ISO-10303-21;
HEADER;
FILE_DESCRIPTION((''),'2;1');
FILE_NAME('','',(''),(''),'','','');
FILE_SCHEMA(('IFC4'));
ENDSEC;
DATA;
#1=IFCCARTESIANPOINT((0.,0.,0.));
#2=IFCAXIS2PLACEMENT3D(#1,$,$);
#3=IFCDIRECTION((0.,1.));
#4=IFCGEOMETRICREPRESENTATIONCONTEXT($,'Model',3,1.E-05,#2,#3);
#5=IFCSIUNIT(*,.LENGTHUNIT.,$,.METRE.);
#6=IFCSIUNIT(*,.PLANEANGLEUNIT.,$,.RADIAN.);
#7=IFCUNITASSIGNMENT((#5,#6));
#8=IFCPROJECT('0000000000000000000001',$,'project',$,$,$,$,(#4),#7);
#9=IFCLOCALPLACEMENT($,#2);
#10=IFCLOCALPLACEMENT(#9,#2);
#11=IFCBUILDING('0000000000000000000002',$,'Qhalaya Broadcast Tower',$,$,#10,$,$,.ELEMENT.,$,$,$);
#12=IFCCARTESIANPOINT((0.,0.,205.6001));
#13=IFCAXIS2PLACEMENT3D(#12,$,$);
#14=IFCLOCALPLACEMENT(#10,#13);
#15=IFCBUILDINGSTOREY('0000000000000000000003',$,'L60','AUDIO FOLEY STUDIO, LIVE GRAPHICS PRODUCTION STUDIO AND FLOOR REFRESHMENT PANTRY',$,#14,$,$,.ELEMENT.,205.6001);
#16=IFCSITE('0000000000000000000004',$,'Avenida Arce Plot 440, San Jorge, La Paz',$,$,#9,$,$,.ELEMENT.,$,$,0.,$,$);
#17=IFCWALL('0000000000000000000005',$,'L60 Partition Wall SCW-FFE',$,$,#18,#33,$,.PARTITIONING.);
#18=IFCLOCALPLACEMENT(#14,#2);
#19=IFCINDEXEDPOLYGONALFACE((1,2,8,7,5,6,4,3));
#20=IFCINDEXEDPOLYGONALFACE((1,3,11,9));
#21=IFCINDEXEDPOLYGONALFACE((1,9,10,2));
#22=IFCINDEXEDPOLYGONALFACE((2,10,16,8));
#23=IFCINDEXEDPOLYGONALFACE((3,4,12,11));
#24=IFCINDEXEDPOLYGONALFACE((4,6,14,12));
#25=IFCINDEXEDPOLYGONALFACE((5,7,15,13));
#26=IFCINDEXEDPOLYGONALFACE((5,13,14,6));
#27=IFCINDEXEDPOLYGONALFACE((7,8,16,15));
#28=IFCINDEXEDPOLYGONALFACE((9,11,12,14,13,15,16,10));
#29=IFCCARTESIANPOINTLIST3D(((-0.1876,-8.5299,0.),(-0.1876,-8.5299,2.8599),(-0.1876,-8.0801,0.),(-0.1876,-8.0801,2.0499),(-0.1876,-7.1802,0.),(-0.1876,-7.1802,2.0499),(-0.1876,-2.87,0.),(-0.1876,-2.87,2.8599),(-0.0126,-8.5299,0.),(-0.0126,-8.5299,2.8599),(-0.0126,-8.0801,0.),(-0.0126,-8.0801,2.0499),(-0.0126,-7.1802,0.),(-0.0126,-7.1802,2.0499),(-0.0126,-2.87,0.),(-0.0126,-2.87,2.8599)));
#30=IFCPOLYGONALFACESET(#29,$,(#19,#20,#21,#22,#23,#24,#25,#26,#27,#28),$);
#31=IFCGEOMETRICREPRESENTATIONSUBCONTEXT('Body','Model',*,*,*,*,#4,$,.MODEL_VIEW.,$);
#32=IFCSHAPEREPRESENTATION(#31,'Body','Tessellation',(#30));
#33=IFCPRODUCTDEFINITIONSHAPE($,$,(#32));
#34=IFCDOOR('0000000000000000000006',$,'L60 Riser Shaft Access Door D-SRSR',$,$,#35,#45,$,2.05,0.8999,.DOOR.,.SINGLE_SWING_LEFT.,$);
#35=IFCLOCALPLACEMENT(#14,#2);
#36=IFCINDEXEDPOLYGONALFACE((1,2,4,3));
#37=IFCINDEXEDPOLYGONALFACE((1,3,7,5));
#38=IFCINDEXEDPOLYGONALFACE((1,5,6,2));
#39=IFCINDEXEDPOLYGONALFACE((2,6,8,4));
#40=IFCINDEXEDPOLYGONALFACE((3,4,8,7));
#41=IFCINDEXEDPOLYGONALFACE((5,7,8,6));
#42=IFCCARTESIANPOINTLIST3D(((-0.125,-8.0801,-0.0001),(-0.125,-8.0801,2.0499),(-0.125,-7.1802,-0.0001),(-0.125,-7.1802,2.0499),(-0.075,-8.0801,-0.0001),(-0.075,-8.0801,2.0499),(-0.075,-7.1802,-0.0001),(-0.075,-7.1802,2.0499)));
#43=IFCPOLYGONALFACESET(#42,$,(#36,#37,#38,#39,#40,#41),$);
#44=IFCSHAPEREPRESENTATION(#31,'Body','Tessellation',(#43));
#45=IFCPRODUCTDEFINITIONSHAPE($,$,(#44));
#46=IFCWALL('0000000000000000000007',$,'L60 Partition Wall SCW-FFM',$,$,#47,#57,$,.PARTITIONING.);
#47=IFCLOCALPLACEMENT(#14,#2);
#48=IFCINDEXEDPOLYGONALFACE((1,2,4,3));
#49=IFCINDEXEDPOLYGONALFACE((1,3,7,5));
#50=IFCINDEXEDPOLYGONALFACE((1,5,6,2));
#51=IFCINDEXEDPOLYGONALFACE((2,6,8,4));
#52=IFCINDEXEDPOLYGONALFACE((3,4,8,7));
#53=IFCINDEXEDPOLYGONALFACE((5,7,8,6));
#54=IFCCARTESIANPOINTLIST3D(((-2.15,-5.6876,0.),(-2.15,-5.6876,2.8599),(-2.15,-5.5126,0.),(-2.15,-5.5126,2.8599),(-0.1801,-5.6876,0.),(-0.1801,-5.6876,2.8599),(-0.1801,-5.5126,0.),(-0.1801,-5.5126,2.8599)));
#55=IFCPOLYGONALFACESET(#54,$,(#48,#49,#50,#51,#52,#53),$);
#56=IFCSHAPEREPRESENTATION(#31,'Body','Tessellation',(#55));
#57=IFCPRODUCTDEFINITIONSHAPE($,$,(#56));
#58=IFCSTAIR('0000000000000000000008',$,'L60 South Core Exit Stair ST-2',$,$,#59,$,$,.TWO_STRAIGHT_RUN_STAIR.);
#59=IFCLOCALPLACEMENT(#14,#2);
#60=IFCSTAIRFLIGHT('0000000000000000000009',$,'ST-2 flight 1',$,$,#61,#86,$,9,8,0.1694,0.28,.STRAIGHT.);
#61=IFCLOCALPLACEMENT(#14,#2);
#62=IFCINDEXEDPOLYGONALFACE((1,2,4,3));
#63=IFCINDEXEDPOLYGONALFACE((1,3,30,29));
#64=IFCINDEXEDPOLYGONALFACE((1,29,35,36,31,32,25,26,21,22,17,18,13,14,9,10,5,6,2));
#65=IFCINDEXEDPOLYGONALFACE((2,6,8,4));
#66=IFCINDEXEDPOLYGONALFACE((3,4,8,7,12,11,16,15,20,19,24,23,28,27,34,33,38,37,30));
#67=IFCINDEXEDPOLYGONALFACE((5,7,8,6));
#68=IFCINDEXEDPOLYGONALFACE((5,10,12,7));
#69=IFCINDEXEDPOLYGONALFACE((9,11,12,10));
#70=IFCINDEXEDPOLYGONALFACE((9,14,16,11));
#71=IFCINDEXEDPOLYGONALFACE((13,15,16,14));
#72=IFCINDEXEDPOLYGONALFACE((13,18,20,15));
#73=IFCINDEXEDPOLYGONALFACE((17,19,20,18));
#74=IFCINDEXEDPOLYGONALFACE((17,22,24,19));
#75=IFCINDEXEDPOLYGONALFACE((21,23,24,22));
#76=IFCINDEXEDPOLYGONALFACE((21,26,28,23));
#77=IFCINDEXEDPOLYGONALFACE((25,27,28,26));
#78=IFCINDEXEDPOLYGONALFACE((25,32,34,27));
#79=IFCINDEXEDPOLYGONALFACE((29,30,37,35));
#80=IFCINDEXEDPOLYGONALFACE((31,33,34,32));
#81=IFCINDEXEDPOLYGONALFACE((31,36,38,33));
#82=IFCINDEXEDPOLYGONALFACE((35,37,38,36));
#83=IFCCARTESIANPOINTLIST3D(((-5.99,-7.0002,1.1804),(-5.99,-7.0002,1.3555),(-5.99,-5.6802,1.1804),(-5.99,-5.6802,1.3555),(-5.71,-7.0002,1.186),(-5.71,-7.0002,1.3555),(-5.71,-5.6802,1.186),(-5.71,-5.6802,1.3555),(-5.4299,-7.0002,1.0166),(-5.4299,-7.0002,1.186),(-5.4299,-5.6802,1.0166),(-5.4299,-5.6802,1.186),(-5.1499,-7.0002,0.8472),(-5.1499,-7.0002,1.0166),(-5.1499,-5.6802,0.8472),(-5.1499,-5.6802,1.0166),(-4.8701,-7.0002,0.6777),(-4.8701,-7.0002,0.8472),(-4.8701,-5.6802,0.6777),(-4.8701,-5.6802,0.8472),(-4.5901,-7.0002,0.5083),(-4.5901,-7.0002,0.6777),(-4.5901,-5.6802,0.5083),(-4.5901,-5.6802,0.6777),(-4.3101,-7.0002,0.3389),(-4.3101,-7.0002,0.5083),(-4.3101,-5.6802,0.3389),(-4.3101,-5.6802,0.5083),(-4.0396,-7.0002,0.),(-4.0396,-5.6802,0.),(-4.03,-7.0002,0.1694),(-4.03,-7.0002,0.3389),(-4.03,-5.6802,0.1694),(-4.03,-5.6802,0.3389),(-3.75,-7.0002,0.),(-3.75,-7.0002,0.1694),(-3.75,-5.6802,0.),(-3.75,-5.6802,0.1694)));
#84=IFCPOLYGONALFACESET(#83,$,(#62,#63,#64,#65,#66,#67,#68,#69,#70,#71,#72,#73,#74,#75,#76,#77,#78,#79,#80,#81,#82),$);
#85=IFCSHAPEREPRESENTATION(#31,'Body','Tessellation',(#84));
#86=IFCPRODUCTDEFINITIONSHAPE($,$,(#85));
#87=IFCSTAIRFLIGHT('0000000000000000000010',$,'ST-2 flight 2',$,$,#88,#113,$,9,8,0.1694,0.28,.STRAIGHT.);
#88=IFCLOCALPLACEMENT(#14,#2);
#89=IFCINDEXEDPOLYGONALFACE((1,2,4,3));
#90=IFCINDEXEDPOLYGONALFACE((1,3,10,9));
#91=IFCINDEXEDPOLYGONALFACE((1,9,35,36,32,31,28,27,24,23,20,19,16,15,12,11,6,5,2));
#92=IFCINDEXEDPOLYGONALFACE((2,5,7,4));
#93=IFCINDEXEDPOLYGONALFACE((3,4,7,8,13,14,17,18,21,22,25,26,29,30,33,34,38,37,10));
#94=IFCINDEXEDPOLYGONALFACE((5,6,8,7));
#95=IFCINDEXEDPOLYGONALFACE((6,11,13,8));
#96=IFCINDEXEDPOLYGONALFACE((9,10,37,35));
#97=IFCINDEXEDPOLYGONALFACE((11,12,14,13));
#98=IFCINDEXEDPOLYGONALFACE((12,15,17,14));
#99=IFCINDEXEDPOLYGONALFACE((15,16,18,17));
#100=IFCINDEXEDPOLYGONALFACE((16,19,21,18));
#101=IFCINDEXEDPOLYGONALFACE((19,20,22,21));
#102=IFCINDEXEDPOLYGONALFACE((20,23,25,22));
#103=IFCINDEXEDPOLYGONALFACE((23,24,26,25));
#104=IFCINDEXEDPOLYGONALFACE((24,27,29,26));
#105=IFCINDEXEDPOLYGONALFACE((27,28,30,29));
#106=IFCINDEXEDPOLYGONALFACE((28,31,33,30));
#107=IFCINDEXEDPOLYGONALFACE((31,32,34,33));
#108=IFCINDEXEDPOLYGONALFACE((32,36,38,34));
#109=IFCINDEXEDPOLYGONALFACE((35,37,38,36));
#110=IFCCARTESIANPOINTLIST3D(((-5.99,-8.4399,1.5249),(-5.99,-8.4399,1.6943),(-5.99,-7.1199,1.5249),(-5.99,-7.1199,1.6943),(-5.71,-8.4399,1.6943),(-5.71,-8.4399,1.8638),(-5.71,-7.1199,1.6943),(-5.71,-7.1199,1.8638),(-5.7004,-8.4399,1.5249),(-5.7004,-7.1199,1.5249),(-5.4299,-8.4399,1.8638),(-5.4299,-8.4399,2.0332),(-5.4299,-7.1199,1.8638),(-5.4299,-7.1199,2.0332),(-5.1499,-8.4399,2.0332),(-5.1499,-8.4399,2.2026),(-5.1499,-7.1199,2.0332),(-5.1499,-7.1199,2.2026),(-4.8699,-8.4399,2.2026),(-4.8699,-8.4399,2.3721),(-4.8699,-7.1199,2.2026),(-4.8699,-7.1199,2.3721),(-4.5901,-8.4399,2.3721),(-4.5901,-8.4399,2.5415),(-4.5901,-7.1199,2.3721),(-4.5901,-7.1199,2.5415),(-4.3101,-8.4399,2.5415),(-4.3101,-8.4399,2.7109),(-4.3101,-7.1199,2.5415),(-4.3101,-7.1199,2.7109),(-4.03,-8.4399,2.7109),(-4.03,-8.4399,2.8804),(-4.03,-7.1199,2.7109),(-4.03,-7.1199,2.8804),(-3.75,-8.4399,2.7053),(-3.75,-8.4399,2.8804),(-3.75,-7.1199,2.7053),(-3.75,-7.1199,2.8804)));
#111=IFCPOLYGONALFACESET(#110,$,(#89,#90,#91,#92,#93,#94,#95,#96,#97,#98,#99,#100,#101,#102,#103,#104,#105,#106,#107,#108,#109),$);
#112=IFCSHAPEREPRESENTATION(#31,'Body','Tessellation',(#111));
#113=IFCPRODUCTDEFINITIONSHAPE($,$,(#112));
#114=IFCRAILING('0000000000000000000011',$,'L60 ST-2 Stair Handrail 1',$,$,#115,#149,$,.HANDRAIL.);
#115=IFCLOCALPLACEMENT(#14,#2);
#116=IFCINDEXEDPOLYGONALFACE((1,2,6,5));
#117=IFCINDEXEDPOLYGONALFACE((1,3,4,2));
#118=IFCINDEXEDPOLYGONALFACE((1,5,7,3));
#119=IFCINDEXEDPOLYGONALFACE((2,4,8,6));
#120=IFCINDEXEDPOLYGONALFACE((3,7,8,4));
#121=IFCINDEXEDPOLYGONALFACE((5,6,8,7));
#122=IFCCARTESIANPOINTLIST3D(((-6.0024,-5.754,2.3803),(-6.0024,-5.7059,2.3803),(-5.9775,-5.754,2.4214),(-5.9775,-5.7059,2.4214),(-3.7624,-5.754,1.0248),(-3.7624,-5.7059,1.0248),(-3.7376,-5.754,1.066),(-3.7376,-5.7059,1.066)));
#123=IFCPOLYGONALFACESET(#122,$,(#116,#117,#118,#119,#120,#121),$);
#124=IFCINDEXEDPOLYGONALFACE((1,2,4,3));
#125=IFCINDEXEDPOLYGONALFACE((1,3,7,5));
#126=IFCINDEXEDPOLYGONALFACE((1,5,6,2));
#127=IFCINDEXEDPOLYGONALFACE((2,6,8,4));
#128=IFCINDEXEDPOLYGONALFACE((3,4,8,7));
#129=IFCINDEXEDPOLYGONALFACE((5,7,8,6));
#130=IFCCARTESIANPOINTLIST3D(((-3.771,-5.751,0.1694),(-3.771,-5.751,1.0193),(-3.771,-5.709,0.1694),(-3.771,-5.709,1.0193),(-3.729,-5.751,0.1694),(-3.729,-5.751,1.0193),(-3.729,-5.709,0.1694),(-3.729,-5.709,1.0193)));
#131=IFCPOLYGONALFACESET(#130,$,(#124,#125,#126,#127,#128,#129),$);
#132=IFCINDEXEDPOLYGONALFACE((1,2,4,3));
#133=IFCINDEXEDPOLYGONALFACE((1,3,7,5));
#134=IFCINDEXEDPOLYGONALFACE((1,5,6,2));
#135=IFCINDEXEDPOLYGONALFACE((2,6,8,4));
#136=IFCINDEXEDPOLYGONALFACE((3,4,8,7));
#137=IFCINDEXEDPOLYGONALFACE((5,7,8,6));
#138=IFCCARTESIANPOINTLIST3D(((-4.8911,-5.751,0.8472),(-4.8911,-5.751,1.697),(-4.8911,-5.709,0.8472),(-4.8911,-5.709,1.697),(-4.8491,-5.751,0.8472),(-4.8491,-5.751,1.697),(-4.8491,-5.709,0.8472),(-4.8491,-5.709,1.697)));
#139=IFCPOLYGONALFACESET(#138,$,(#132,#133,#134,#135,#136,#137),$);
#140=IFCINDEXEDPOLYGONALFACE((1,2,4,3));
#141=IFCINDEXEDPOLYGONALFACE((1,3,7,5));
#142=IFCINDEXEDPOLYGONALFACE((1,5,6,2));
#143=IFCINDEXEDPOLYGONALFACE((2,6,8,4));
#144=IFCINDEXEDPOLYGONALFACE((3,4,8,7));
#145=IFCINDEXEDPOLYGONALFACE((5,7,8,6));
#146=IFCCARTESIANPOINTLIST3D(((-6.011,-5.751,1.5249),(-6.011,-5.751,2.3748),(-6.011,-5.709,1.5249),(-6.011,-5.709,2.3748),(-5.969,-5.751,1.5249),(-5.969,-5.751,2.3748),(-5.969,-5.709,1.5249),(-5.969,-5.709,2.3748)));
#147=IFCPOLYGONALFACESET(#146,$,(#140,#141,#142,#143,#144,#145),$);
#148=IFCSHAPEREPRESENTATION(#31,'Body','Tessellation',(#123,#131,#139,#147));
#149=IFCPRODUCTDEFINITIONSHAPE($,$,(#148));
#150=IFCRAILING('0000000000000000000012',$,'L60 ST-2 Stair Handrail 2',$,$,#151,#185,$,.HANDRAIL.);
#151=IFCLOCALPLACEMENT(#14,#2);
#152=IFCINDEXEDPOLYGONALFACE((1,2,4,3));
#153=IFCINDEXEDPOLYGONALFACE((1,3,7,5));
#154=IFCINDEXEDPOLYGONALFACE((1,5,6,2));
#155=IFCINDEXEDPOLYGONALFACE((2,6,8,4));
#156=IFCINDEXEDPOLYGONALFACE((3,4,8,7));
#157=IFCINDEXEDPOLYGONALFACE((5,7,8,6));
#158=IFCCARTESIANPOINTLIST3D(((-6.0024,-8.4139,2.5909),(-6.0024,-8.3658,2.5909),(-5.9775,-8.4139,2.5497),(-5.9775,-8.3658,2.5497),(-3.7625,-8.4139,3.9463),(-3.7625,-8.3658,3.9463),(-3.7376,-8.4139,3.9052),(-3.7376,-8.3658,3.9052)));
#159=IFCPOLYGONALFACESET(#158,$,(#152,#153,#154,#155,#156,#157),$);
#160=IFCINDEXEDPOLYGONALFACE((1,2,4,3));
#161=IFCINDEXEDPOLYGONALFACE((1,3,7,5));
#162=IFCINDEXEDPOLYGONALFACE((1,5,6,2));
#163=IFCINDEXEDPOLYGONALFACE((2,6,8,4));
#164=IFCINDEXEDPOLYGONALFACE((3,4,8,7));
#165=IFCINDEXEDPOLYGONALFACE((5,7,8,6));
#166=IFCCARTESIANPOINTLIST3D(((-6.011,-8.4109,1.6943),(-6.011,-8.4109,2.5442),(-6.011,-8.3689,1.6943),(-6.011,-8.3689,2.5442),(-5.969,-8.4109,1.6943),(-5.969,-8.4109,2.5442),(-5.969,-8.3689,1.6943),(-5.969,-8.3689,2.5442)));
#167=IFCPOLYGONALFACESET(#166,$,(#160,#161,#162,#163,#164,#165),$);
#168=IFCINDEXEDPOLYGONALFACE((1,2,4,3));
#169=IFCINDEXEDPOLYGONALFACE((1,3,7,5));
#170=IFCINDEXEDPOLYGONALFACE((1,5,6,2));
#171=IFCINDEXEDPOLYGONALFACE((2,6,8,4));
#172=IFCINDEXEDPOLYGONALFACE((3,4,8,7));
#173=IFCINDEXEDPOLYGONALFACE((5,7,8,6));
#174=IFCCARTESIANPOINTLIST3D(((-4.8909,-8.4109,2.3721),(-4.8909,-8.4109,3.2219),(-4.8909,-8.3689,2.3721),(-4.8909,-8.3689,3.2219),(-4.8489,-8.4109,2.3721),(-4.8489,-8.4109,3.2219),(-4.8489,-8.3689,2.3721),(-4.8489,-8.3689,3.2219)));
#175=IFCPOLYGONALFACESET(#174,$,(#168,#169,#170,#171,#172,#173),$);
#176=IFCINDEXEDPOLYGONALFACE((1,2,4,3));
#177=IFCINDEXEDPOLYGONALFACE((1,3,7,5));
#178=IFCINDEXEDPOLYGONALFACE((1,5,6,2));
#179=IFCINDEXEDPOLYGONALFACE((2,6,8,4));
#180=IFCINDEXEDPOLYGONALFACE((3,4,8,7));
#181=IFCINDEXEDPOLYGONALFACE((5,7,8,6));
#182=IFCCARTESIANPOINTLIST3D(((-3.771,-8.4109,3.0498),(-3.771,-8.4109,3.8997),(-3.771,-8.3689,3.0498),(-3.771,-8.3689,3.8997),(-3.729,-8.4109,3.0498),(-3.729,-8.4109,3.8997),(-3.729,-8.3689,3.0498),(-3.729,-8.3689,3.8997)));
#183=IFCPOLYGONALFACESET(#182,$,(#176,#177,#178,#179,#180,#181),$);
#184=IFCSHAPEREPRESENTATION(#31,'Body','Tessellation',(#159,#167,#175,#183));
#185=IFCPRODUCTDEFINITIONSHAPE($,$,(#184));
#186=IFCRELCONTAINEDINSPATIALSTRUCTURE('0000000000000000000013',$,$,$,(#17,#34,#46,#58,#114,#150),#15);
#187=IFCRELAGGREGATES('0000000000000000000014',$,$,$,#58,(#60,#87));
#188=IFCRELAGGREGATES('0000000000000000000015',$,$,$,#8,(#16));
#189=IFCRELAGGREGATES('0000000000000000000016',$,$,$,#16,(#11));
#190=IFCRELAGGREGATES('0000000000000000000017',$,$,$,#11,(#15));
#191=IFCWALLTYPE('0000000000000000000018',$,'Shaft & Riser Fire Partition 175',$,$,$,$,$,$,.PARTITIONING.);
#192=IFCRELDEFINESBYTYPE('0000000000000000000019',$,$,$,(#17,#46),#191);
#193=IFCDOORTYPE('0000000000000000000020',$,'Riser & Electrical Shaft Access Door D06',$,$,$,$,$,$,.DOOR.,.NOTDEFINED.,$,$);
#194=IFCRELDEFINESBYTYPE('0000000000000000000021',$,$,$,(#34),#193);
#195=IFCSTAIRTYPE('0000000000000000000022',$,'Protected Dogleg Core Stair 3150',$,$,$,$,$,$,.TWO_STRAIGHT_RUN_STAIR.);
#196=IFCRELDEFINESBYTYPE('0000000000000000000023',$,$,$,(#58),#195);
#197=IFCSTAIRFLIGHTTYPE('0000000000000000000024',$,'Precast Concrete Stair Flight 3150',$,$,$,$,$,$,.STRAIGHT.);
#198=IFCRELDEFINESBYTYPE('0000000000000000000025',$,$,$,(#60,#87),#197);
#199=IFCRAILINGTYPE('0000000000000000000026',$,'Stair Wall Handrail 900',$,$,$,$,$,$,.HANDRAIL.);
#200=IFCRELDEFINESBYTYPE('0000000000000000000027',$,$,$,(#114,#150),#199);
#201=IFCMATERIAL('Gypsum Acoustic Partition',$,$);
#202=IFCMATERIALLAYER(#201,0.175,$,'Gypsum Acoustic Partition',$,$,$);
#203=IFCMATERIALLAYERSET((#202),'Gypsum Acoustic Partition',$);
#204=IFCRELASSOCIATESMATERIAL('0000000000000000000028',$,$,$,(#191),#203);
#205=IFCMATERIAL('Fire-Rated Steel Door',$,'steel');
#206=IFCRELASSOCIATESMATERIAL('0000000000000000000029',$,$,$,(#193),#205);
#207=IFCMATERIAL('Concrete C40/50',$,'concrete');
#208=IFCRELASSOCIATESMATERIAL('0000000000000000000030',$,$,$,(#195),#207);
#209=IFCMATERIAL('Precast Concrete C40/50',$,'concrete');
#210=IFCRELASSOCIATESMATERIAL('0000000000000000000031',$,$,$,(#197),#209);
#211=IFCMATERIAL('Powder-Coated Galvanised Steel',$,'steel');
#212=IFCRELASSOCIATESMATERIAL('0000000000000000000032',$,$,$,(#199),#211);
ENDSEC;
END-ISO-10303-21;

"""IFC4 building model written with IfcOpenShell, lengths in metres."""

from ifc_helpers import new_model, si_unit, direction, frame, frame_2d, origin, origin_2d, place, context, subcontext, project, spatial, polyline, rectangle, outline, extrude, material, layer, layer_set, type_object, element, fill, aggregate, save


model = new_model("IFC4")

# Units and contexts
model_context = context("Model", 3, precision=1e-05, world=origin(), true_north=direction((0.0, 1.0)))
body_context = subcontext(model_context, "Body", "Model", "MODEL_VIEW")
ifc_project = project(units=[si_unit("LENGTHUNIT", "METRE"), si_unit("PLANEANGLEUNIT", "RADIAN")], contexts=[model_context])

# Site, building, storey
site_placement = place(None, origin())
site = spatial("IfcSite", under=ifc_project, at=site_placement, Name="Avenida Arce Plot 440, San Jorge, La Paz", CompositionType="ELEMENT", RefElevation=0.0)
building_placement = place(site_placement, origin())
building = spatial("IfcBuilding", under=site, at=building_placement, Name="Qhalaya Broadcast Tower", CompositionType="ELEMENT")
storey_placement = place(building_placement, frame((0.0, 0.0, 205.6001)))
storey = spatial("IfcBuildingStorey", under=building, at=storey_placement, Name="L60", Description="AUDIO FOLEY STUDIO, LIVE GRAPHICS PRODUCTION STUDIO AND FLOOR REFRESHMENT PANTRY", CompositionType="ELEMENT", Elevation=205.6001)

# Wall, opening, door
ifc_material_1 = material(Name="Fire-Rated Steel Door", Category="steel")
ifc_material_2 = material(Name="Gypsum Acoustic Partition")
ifc_layer_1 = layer(ifc_material_2, 0.175, Name="Gypsum Acoustic Partition")
ifc_layer_set_1 = layer_set([ifc_layer_1], Name="Gypsum Acoustic Partition")
wall_type_1 = type_object("IfcWallType", Name="Shaft & Riser Fire Partition 175", PredefinedType="PARTITIONING", material=ifc_layer_set_1)
wall_1_placement = place(storey_placement, frame((-0.1001, -8.53, 0.0), z_axis=(0.0, 0.0, 1.0), x_axis=(0.0, 1.0, 0.0)))
wall_1 = element("IfcWall", 1, at=wall_1_placement, inside=storey, type_object=wall_type_1, Name="L60 Partition Wall SCW-FFE", PredefinedType="PARTITIONING", context=body_context, shape_type="SweptSolid", body=[
    extrude(rectangle(XDim=5.6599, YDim=0.175, at=frame_2d((2.8301, 0.0))), origin(), (0.0, 0.0, 1.0), 2.8599),
])
opening_1_placement = place(wall_1_placement, frame((0.45, 0.0, 0.0)))
opening_1 = element("IfcOpeningElement", 2, at=opening_1_placement, cuts=wall_1, PredefinedType="OPENING", context=body_context, shape_type="SweptSolid", body=[
    extrude(rectangle(XDim=0.8999, YDim=2.05, at=frame_2d((0.45, 1.0249))), frame((0.0, 0.0996, 0.0), z_axis=(0.0, -1.0, 0.0), x_axis=(1.0, 0.0, 0.0)), (0.0, 0.0, 1.0), 0.199),
])
door_type_1 = type_object("IfcDoorType", Name="Riser & Electrical Shaft Access Door D06", OperationType="NOTDEFINED", PredefinedType="DOOR", material=ifc_material_1)
door_1_placement = place(opening_1_placement, origin())
door_1 = element("IfcDoor", 3, at=door_1_placement, inside=storey, type_object=door_type_1, Name="L60 Riser Shaft Access Door D-SRSR", OperationType="SINGLE_SWING_LEFT", OverallHeight=2.05, OverallWidth=0.8999, PredefinedType="DOOR", context=body_context, shape_type="SweptSolid", body=[
    extrude(rectangle(XDim=0.8999, YDim=2.05, at=frame_2d((0.45, 1.0249))), frame((0.0, 0.0249, 0.0), z_axis=(0.0, -1.0, 0.0), x_axis=(1.0, 0.0, 0.0)), (0.0, 0.0, 1.0), 0.05),
])
fill(opening_1, door_1)

# Wall
wall_2_placement = place(storey_placement, frame((-2.1499, -5.6001, 0.0), z_axis=(0.0, 0.0, 1.0), x_axis=(1.0, 0.0, 0.0)))
element("IfcWall", 4, at=wall_2_placement, inside=storey, type_object=wall_type_1, Name="L60 Partition Wall SCW-FFM", PredefinedType="PARTITIONING", context=body_context, shape_type="SweptSolid", body=[
    extrude(rectangle(XDim=1.97, YDim=0.175, at=frame_2d((0.9849, 0.0))), origin(), (0.0, 0.0, 1.0), 2.8599),
])

# Stair, stair flights
ifc_material_3 = material(Name="Concrete C40/50", Category="concrete")
stair_type = type_object("IfcStairType", Name="Protected Dogleg Core Stair 3150", PredefinedType="TWO_STRAIGHT_RUN_STAIR", material=ifc_material_3)
stair_placement = place(storey_placement, origin())
stair = element("IfcStair", 5, at=stair_placement, inside=storey, type_object=stair_type, Name="L60 South Core Exit Stair ST-2", PredefinedType="TWO_STRAIGHT_RUN_STAIR")
ifc_material_4 = material(Name="Precast Concrete C40/50", Category="concrete")
stair_flight_type = type_object("IfcStairFlightType", Name="Precast Concrete Stair Flight 3150", PredefinedType="STRAIGHT", material=ifc_material_4)
stair_flight_1_placement = place(storey_placement, frame((-3.75, -6.3401, 0.0), z_axis=(0.0, 0.0, 1.0), x_axis=(-1.0, 0.0, 0.0)))
stair_flight_1 = element("IfcStairFlight", 6, at=stair_flight_1_placement, type_object=stair_flight_type, Name="ST-2 flight 1", NumberOfRisers=9, NumberOfTreads=8, PredefinedType="STRAIGHT", RiserHeight=0.1694, TreadLength=0.28, context=body_context, shape_type="SweptSolid", body=[
    extrude(outline(polyline([(0.0, 0.0), (0.0, 0.1694), (0.28, 0.1694), (0.28, 0.3389), (0.5601, 0.3389), (0.5601, 0.5083), (0.8401, 0.5083), (0.8401, 0.6777), (1.1201, 0.6777), (1.1201, 0.8472), (1.3999, 0.8472), (1.3999, 1.0166), (1.6799, 1.0166), (1.6799, 1.186), (1.96, 1.186), (1.96, 1.3555), (2.24, 1.3555), (2.24, 1.5249), (2.24, 1.1804), (0.2896, 0.0), (0.0, 0.0)])), frame((0.0, 0.6602, 0.0), z_axis=(0.0, -1.0, 0.0), x_axis=(1.0, 0.0, 0.0)), (0.0, 0.0, 1.0), 1.3201),
])
stair_flight_2_placement = place(storey_placement, frame((-5.99, -7.78, 1.5249), z_axis=(0.0, 0.0, 1.0), x_axis=(1.0, 0.0, 0.0)))
stair_flight_2 = element("IfcStairFlight", 7, at=stair_flight_2_placement, type_object=stair_flight_type, Name="ST-2 flight 2", NumberOfRisers=9, NumberOfTreads=8, PredefinedType="STRAIGHT", RiserHeight=0.1694, TreadLength=0.28, context=body_context, shape_type="SweptSolid", body=[
    extrude(outline(polyline([(0.0, 0.0), (0.0, 0.1694), (0.28, 0.1694), (0.28, 0.3389), (0.5601, 0.3389), (0.5601, 0.5083), (0.8401, 0.5083), (0.8401, 0.6777), (1.1201, 0.6777), (1.1201, 0.8472), (1.3999, 0.8472), (1.3999, 1.0166), (1.6799, 1.0166), (1.6799, 1.186), (1.96, 1.186), (1.96, 1.3555), (2.24, 1.3555), (2.24, 1.5249), (2.24, 1.1804), (0.2896, 0.0), (0.0, 0.0)])), frame((0.0, 0.6602, 0.0), z_axis=(0.0, -1.0, 0.0), x_axis=(1.0, 0.0, 0.0)), (0.0, 0.0, 1.0), 1.3201),
])
aggregate(stair, [stair_flight_1, stair_flight_2])

# Railings
ifc_material_5 = material(Name="Powder-Coated Galvanised Steel", Category="steel")
railing_type_1 = type_object("IfcRailingType", Name="Stair Wall Handrail 900", PredefinedType="HANDRAIL", material=ifc_material_5)
railing_1_placement = place(storey_placement, frame((-3.75, -5.73, 0.1694)))
element("IfcRailing", 8, at=railing_1_placement, inside=storey, type_object=railing_type_1, Name="L60 ST-2 Stair Handrail 1", PredefinedType="HANDRAIL", context=body_context, shape_type="SweptSolid", body=[
    extrude(rectangle(XDim=0.0481, YDim=0.0481, at=origin_2d()), frame((0.0, 0.0, 0.876), z_axis=(-0.855553, 0.0, 0.517715), x_axis=(0.0, -1.0, 0.0)), (0.0, 0.0, 1.0), 2.6182),
    extrude(rectangle(XDim=0.042, YDim=0.042, at=origin_2d()), origin(), (0.0, 0.0, 1.0), 0.8499),
    extrude(rectangle(XDim=0.042, YDim=0.042, at=origin_2d()), frame((-1.1201, 0.0, 0.6777)), (0.0, 0.0, 1.0), 0.8499),
    extrude(rectangle(XDim=0.042, YDim=0.042, at=origin_2d()), frame((-2.24, 0.0, 1.3555)), (0.0, 0.0, 1.0), 0.8499),
])
railing_2_placement = place(storey_placement, frame((-5.99, -8.3899, 1.6943)))
element("IfcRailing", 9, at=railing_2_placement, inside=storey, type_object=railing_type_1, Name="L60 ST-2 Stair Handrail 2", PredefinedType="HANDRAIL", context=body_context, shape_type="SweptSolid", body=[
    extrude(rectangle(XDim=0.0481, YDim=0.0481, at=origin_2d()), frame((0.0, 0.0, 0.876), z_axis=(0.855553, 0.0, 0.517715), x_axis=(0.0, 1.0, 0.0)), (0.0, 0.0, 1.0), 2.6182),
    extrude(rectangle(XDim=0.042, YDim=0.042, at=origin_2d()), origin(), (0.0, 0.0, 1.0), 0.8499),
    extrude(rectangle(XDim=0.042, YDim=0.042, at=origin_2d()), frame((1.1201, 0.0, 0.6777)), (0.0, 0.0, 1.0), 0.8499),
    extrude(rectangle(XDim=0.042, YDim=0.042, at=origin_2d()), frame((2.24, 0.0, 1.3555)), (0.0, 0.0, 1.0), 0.8499),
])

save(model, "model.ifc")
